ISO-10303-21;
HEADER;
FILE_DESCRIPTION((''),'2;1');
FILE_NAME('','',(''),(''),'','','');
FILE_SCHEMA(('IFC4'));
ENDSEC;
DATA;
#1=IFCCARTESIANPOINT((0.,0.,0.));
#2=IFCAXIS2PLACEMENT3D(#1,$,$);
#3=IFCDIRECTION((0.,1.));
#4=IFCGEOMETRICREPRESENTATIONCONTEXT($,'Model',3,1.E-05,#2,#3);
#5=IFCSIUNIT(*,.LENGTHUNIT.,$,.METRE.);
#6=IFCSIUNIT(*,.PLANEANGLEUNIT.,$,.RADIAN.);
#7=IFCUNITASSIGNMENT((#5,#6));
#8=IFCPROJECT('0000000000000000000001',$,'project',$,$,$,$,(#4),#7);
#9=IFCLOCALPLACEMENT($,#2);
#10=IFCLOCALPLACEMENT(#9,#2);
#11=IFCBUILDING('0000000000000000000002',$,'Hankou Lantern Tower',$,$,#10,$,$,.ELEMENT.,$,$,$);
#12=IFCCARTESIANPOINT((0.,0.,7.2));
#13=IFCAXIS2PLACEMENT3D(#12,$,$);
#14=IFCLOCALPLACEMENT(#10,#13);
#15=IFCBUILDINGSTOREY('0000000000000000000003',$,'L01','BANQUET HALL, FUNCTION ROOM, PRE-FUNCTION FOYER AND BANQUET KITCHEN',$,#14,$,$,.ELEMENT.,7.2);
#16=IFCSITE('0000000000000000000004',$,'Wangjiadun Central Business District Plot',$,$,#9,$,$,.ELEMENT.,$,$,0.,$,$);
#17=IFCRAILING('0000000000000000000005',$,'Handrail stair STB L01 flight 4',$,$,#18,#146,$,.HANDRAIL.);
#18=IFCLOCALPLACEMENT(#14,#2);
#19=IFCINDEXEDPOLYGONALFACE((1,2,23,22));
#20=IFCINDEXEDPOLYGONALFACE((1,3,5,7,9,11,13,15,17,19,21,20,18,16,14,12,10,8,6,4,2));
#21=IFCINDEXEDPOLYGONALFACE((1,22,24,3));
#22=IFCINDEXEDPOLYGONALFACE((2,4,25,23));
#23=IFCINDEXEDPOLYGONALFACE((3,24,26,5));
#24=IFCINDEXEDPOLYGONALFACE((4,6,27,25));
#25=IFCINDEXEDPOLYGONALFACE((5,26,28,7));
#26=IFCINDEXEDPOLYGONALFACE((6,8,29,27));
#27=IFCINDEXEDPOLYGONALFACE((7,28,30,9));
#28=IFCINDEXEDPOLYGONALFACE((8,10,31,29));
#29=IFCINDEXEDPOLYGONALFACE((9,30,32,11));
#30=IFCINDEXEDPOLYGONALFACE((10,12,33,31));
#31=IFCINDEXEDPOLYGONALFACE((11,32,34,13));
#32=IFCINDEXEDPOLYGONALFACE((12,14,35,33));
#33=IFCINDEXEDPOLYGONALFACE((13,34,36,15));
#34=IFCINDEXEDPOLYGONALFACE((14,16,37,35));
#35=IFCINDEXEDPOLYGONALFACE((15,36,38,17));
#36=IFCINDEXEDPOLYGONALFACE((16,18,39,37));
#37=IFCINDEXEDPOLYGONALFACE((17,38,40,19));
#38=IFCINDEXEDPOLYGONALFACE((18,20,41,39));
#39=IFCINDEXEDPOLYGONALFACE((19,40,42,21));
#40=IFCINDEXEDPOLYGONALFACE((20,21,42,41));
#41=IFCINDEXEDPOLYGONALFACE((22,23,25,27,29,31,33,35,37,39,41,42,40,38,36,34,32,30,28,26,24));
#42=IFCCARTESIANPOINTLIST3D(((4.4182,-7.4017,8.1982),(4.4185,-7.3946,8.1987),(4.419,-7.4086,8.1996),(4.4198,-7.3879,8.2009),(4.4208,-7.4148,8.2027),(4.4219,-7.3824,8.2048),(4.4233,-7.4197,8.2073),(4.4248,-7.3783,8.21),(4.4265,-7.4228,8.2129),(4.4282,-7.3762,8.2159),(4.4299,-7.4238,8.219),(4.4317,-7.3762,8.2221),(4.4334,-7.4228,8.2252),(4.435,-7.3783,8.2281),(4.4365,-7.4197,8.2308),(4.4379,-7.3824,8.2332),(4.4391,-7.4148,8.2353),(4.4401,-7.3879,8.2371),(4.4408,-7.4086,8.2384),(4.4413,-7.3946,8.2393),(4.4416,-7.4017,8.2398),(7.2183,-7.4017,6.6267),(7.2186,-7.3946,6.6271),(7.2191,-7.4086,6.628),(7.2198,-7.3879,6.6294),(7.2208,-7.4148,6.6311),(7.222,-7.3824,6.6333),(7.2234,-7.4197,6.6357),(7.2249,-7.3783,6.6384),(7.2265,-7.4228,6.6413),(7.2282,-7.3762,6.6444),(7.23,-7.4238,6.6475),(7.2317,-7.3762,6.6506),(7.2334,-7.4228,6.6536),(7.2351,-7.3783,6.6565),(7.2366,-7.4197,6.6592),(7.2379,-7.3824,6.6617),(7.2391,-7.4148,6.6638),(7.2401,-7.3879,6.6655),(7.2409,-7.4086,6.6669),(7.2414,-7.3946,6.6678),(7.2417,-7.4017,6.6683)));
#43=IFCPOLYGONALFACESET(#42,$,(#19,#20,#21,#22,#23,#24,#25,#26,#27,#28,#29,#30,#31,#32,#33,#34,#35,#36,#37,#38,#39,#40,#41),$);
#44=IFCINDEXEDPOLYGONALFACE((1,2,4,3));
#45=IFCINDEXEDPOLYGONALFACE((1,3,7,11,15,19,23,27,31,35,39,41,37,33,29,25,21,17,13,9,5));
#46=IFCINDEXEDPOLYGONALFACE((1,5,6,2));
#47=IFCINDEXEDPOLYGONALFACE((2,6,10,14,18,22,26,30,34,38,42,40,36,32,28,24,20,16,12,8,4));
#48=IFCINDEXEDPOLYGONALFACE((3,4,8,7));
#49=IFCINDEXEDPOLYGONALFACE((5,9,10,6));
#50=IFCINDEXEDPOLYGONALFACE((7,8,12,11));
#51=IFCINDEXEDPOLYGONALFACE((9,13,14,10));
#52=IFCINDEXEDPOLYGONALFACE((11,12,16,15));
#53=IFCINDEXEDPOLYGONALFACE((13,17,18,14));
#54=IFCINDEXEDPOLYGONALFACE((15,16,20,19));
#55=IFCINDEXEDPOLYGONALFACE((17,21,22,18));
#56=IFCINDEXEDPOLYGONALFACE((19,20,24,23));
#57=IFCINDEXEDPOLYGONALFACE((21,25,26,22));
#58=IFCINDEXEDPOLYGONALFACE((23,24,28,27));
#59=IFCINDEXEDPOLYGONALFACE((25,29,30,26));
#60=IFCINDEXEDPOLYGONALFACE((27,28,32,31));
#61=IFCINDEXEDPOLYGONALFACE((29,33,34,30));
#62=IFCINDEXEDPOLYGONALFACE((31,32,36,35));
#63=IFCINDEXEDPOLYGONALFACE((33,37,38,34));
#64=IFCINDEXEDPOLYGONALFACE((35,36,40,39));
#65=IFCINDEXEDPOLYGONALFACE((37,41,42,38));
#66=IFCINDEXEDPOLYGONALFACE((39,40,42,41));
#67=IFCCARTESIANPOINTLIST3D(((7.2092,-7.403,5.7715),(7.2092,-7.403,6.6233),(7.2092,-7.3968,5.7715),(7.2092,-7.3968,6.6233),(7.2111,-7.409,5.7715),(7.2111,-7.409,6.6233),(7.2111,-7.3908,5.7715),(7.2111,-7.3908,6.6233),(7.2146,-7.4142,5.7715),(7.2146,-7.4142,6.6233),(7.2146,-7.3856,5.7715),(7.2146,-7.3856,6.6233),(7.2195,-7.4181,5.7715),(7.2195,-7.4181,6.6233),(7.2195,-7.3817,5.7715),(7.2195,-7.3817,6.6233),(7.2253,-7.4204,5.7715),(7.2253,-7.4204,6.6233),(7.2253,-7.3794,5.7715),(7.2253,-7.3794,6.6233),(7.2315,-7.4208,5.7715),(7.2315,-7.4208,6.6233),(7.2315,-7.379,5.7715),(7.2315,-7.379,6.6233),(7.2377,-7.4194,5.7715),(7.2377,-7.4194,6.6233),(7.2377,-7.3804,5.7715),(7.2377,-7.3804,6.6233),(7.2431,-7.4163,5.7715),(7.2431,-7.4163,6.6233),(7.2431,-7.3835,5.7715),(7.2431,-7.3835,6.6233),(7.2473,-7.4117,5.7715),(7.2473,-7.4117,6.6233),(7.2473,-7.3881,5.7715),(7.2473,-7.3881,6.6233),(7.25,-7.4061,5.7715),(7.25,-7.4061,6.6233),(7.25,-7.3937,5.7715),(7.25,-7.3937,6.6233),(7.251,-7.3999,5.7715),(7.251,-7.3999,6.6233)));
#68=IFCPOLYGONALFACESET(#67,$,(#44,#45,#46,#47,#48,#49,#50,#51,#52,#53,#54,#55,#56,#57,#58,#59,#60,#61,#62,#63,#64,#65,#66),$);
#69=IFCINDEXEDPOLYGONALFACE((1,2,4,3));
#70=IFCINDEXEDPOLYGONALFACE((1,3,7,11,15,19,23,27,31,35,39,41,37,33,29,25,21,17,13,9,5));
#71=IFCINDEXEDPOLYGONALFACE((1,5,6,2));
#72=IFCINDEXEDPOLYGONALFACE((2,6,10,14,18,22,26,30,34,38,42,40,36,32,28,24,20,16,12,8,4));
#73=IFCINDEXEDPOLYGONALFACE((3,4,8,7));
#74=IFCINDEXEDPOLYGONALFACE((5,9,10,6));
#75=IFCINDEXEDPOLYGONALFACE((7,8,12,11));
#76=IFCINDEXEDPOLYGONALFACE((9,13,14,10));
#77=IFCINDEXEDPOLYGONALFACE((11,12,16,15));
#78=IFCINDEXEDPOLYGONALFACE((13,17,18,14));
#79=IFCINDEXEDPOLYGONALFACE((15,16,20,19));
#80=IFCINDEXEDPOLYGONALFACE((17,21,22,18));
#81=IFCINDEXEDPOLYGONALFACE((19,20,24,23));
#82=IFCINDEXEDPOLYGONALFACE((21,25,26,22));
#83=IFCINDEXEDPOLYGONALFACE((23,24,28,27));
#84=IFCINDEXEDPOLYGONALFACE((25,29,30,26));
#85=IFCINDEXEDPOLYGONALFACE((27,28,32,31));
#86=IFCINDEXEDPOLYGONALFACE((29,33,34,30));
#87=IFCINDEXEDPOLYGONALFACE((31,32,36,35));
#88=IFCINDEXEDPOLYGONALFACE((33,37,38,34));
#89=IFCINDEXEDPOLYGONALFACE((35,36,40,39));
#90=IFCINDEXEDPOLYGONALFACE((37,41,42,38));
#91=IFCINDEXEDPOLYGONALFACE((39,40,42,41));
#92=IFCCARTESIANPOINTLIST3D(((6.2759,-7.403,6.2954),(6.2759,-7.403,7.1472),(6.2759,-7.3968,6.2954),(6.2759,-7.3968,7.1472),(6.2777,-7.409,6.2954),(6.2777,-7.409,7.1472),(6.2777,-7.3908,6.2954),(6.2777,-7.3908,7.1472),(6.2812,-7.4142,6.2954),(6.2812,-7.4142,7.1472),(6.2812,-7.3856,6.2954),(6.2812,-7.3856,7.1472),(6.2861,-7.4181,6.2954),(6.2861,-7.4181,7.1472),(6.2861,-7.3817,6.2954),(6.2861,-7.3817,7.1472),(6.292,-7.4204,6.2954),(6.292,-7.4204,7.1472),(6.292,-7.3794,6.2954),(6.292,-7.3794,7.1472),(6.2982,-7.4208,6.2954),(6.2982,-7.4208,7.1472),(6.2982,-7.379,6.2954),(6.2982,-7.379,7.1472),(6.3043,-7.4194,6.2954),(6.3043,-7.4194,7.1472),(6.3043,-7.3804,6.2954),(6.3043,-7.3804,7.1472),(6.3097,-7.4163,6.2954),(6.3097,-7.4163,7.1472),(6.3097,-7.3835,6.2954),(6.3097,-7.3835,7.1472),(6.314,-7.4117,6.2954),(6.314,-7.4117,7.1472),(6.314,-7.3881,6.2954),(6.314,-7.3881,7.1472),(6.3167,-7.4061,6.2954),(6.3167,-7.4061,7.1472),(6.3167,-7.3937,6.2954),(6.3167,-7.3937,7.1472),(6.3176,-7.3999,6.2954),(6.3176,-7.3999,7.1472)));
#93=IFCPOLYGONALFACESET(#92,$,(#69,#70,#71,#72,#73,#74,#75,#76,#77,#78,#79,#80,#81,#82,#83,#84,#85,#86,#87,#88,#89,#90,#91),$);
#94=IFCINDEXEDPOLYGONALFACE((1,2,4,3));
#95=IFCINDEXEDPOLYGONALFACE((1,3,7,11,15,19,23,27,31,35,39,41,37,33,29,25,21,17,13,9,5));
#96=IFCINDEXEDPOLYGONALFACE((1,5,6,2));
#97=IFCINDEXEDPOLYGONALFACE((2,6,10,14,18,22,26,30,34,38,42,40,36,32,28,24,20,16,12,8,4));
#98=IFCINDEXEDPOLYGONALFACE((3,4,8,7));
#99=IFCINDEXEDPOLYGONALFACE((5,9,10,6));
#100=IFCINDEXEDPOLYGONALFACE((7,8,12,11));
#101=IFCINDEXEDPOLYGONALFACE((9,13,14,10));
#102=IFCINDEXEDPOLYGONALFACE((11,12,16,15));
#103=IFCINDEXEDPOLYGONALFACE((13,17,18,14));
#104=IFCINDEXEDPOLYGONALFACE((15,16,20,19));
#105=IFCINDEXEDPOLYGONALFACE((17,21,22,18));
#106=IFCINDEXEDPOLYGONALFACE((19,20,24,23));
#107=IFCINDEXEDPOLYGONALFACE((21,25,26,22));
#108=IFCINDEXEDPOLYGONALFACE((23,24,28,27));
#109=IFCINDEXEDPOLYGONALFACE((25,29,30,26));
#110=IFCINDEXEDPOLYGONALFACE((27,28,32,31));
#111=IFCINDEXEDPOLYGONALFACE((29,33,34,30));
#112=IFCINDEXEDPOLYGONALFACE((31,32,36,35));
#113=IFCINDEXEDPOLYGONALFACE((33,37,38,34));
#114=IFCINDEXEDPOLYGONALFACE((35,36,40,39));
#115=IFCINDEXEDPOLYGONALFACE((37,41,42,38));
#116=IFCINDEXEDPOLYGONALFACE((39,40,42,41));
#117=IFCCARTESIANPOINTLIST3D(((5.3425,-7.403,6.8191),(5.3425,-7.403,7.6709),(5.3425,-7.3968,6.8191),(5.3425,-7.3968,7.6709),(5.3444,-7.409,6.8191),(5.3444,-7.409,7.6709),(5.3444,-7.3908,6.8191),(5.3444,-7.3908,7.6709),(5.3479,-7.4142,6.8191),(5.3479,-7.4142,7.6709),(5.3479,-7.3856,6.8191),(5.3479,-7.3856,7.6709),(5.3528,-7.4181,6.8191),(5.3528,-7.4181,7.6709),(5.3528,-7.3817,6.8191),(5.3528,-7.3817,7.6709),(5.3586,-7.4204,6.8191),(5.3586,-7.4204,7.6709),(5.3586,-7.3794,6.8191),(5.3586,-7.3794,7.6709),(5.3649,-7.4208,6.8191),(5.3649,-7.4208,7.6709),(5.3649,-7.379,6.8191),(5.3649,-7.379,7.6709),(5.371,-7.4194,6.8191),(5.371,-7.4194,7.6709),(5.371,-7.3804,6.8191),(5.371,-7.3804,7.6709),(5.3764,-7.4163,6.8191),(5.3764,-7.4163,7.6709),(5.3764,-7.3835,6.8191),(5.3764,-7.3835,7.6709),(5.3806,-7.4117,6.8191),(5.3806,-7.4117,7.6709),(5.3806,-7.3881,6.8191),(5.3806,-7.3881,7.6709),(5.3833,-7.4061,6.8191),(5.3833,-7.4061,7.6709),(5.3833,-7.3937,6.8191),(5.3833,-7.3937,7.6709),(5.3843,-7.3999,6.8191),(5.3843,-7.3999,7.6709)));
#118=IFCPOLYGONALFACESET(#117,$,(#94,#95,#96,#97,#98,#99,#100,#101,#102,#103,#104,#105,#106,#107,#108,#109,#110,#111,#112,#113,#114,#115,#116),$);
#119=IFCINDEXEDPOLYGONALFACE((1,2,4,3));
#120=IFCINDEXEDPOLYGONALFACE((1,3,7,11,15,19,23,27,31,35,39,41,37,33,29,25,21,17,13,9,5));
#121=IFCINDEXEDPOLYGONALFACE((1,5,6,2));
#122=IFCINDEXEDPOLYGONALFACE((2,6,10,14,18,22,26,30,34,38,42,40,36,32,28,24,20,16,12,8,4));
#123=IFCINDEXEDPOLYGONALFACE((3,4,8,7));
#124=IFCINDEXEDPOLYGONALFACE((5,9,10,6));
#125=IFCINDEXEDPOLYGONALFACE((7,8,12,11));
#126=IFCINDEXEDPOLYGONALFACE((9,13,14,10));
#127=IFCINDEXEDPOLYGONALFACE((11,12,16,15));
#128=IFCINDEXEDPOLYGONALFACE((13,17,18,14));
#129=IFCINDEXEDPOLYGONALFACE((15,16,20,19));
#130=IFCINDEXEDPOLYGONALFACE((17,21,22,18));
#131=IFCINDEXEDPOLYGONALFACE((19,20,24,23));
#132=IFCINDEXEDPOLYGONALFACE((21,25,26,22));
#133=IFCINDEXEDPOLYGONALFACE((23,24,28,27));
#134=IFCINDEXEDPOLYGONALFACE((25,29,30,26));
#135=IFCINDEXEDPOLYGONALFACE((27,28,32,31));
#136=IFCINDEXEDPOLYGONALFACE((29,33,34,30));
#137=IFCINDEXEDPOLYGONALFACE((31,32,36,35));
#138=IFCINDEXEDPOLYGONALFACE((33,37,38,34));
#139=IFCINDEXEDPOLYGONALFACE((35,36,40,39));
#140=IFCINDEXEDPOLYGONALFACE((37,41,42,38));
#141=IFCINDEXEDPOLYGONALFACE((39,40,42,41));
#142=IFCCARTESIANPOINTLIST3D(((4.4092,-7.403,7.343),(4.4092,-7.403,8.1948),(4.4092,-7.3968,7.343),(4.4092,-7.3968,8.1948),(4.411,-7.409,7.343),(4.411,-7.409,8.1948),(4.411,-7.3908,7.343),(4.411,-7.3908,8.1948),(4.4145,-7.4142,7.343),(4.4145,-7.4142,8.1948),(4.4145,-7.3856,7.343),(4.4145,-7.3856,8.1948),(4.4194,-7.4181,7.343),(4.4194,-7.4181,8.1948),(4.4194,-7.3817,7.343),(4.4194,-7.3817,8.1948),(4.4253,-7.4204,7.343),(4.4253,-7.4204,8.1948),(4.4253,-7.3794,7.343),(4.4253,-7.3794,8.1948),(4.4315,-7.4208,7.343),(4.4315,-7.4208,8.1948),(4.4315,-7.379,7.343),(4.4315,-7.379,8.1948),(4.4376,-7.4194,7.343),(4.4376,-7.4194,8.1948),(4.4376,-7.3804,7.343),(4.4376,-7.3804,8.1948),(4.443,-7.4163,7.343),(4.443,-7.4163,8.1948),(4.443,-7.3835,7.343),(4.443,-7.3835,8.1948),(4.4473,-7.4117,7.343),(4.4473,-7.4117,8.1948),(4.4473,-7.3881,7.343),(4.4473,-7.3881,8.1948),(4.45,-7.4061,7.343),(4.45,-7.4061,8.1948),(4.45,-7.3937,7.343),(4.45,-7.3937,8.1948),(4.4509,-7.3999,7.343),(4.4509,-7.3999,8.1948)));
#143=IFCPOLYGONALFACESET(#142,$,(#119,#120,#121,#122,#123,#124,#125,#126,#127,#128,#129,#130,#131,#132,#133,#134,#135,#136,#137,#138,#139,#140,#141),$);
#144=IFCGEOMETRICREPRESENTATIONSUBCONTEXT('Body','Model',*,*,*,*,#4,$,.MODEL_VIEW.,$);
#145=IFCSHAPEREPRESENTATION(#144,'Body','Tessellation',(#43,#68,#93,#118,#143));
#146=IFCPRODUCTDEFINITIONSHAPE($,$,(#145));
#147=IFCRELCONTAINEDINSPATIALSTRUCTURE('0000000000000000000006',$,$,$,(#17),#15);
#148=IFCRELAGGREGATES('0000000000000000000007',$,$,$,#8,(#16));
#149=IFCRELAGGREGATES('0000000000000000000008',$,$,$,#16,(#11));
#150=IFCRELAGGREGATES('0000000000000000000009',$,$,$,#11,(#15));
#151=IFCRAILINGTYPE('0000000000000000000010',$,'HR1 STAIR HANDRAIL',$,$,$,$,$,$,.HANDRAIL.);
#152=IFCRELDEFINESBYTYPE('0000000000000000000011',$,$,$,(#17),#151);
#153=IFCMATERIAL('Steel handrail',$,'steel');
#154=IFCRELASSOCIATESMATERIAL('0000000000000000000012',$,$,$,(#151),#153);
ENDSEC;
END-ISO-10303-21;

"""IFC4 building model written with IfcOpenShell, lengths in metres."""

from ifc_helpers import new_model, si_unit, direction, frame, origin, origin_2d, place, context, subcontext, project, spatial, circle, extrude, material, type_object, element, save


model = new_model("IFC4")

# Units and contexts
model_context = context("Model", 3, precision=1e-05, world=origin(), true_north=direction((0.0, 1.0)))
body_context = subcontext(model_context, "Body", "Model", "MODEL_VIEW")
ifc_project = project(units=[si_unit("LENGTHUNIT", "METRE"), si_unit("PLANEANGLEUNIT", "RADIAN")], contexts=[model_context])

# Site, building, storey
site_placement = place(None, origin())
site = spatial("IfcSite", under=ifc_project, at=site_placement, Name="Wangjiadun Central Business District Plot", CompositionType="ELEMENT", RefElevation=0.0)
building_placement = place(site_placement, origin())
building = spatial("IfcBuilding", under=site, at=building_placement, Name="Hankou Lantern Tower", CompositionType="ELEMENT")
storey_placement = place(building_placement, frame((0.0, 0.0, 7.2)))
storey = spatial("IfcBuildingStorey", under=building, at=storey_placement, Name="L01", Description="BANQUET HALL, FUNCTION ROOM, PRE-FUNCTION FOYER AND BANQUET KITCHEN", CompositionType="ELEMENT", Elevation=7.2)

# Railing
ifc_material_1 = material(Name="Steel handrail", Category="steel")
railing_type = type_object("IfcRailingType", Name="HR1 STAIR HANDRAIL", PredefinedType="HANDRAIL", material=ifc_material_1)
railing_1_placement = place(storey_placement, frame((7.23, -7.3999, 5.7715)))
element("IfcRailing", 1, at=railing_1_placement, inside=storey, type_object=railing_type, Name="Handrail stair STB L01 flight 4", PredefinedType="HANDRAIL", context=body_context, shape_type="SweptSolid", body=[
    extrude(circle(Radius=0.0239, at=origin_2d()), frame((0.0, 0.0, 0.876), z_axis=(-0.87204, 0.0, 0.489434), x_axis=(0.0, -1.0, 0.0)), (0.0, 0.0, 1.0), 3.2109),
    extrude(circle(Radius=0.021, at=origin_2d()), origin(), (0.0, 0.0, 1.0), 0.8518),
    extrude(circle(Radius=0.021, at=origin_2d()), frame((-0.9333, 0.0, 0.5239)), (0.0, 0.0, 1.0), 0.8518),
    extrude(circle(Radius=0.021, at=origin_2d()), frame((-1.8667, 0.0, 1.0476)), (0.0, 0.0, 1.0), 0.8518),
    extrude(circle(Radius=0.021, at=origin_2d()), frame((-2.8, 0.0, 1.5715)), (0.0, 0.0, 1.0), 0.8518),
])

save(model, "model.ifc")
